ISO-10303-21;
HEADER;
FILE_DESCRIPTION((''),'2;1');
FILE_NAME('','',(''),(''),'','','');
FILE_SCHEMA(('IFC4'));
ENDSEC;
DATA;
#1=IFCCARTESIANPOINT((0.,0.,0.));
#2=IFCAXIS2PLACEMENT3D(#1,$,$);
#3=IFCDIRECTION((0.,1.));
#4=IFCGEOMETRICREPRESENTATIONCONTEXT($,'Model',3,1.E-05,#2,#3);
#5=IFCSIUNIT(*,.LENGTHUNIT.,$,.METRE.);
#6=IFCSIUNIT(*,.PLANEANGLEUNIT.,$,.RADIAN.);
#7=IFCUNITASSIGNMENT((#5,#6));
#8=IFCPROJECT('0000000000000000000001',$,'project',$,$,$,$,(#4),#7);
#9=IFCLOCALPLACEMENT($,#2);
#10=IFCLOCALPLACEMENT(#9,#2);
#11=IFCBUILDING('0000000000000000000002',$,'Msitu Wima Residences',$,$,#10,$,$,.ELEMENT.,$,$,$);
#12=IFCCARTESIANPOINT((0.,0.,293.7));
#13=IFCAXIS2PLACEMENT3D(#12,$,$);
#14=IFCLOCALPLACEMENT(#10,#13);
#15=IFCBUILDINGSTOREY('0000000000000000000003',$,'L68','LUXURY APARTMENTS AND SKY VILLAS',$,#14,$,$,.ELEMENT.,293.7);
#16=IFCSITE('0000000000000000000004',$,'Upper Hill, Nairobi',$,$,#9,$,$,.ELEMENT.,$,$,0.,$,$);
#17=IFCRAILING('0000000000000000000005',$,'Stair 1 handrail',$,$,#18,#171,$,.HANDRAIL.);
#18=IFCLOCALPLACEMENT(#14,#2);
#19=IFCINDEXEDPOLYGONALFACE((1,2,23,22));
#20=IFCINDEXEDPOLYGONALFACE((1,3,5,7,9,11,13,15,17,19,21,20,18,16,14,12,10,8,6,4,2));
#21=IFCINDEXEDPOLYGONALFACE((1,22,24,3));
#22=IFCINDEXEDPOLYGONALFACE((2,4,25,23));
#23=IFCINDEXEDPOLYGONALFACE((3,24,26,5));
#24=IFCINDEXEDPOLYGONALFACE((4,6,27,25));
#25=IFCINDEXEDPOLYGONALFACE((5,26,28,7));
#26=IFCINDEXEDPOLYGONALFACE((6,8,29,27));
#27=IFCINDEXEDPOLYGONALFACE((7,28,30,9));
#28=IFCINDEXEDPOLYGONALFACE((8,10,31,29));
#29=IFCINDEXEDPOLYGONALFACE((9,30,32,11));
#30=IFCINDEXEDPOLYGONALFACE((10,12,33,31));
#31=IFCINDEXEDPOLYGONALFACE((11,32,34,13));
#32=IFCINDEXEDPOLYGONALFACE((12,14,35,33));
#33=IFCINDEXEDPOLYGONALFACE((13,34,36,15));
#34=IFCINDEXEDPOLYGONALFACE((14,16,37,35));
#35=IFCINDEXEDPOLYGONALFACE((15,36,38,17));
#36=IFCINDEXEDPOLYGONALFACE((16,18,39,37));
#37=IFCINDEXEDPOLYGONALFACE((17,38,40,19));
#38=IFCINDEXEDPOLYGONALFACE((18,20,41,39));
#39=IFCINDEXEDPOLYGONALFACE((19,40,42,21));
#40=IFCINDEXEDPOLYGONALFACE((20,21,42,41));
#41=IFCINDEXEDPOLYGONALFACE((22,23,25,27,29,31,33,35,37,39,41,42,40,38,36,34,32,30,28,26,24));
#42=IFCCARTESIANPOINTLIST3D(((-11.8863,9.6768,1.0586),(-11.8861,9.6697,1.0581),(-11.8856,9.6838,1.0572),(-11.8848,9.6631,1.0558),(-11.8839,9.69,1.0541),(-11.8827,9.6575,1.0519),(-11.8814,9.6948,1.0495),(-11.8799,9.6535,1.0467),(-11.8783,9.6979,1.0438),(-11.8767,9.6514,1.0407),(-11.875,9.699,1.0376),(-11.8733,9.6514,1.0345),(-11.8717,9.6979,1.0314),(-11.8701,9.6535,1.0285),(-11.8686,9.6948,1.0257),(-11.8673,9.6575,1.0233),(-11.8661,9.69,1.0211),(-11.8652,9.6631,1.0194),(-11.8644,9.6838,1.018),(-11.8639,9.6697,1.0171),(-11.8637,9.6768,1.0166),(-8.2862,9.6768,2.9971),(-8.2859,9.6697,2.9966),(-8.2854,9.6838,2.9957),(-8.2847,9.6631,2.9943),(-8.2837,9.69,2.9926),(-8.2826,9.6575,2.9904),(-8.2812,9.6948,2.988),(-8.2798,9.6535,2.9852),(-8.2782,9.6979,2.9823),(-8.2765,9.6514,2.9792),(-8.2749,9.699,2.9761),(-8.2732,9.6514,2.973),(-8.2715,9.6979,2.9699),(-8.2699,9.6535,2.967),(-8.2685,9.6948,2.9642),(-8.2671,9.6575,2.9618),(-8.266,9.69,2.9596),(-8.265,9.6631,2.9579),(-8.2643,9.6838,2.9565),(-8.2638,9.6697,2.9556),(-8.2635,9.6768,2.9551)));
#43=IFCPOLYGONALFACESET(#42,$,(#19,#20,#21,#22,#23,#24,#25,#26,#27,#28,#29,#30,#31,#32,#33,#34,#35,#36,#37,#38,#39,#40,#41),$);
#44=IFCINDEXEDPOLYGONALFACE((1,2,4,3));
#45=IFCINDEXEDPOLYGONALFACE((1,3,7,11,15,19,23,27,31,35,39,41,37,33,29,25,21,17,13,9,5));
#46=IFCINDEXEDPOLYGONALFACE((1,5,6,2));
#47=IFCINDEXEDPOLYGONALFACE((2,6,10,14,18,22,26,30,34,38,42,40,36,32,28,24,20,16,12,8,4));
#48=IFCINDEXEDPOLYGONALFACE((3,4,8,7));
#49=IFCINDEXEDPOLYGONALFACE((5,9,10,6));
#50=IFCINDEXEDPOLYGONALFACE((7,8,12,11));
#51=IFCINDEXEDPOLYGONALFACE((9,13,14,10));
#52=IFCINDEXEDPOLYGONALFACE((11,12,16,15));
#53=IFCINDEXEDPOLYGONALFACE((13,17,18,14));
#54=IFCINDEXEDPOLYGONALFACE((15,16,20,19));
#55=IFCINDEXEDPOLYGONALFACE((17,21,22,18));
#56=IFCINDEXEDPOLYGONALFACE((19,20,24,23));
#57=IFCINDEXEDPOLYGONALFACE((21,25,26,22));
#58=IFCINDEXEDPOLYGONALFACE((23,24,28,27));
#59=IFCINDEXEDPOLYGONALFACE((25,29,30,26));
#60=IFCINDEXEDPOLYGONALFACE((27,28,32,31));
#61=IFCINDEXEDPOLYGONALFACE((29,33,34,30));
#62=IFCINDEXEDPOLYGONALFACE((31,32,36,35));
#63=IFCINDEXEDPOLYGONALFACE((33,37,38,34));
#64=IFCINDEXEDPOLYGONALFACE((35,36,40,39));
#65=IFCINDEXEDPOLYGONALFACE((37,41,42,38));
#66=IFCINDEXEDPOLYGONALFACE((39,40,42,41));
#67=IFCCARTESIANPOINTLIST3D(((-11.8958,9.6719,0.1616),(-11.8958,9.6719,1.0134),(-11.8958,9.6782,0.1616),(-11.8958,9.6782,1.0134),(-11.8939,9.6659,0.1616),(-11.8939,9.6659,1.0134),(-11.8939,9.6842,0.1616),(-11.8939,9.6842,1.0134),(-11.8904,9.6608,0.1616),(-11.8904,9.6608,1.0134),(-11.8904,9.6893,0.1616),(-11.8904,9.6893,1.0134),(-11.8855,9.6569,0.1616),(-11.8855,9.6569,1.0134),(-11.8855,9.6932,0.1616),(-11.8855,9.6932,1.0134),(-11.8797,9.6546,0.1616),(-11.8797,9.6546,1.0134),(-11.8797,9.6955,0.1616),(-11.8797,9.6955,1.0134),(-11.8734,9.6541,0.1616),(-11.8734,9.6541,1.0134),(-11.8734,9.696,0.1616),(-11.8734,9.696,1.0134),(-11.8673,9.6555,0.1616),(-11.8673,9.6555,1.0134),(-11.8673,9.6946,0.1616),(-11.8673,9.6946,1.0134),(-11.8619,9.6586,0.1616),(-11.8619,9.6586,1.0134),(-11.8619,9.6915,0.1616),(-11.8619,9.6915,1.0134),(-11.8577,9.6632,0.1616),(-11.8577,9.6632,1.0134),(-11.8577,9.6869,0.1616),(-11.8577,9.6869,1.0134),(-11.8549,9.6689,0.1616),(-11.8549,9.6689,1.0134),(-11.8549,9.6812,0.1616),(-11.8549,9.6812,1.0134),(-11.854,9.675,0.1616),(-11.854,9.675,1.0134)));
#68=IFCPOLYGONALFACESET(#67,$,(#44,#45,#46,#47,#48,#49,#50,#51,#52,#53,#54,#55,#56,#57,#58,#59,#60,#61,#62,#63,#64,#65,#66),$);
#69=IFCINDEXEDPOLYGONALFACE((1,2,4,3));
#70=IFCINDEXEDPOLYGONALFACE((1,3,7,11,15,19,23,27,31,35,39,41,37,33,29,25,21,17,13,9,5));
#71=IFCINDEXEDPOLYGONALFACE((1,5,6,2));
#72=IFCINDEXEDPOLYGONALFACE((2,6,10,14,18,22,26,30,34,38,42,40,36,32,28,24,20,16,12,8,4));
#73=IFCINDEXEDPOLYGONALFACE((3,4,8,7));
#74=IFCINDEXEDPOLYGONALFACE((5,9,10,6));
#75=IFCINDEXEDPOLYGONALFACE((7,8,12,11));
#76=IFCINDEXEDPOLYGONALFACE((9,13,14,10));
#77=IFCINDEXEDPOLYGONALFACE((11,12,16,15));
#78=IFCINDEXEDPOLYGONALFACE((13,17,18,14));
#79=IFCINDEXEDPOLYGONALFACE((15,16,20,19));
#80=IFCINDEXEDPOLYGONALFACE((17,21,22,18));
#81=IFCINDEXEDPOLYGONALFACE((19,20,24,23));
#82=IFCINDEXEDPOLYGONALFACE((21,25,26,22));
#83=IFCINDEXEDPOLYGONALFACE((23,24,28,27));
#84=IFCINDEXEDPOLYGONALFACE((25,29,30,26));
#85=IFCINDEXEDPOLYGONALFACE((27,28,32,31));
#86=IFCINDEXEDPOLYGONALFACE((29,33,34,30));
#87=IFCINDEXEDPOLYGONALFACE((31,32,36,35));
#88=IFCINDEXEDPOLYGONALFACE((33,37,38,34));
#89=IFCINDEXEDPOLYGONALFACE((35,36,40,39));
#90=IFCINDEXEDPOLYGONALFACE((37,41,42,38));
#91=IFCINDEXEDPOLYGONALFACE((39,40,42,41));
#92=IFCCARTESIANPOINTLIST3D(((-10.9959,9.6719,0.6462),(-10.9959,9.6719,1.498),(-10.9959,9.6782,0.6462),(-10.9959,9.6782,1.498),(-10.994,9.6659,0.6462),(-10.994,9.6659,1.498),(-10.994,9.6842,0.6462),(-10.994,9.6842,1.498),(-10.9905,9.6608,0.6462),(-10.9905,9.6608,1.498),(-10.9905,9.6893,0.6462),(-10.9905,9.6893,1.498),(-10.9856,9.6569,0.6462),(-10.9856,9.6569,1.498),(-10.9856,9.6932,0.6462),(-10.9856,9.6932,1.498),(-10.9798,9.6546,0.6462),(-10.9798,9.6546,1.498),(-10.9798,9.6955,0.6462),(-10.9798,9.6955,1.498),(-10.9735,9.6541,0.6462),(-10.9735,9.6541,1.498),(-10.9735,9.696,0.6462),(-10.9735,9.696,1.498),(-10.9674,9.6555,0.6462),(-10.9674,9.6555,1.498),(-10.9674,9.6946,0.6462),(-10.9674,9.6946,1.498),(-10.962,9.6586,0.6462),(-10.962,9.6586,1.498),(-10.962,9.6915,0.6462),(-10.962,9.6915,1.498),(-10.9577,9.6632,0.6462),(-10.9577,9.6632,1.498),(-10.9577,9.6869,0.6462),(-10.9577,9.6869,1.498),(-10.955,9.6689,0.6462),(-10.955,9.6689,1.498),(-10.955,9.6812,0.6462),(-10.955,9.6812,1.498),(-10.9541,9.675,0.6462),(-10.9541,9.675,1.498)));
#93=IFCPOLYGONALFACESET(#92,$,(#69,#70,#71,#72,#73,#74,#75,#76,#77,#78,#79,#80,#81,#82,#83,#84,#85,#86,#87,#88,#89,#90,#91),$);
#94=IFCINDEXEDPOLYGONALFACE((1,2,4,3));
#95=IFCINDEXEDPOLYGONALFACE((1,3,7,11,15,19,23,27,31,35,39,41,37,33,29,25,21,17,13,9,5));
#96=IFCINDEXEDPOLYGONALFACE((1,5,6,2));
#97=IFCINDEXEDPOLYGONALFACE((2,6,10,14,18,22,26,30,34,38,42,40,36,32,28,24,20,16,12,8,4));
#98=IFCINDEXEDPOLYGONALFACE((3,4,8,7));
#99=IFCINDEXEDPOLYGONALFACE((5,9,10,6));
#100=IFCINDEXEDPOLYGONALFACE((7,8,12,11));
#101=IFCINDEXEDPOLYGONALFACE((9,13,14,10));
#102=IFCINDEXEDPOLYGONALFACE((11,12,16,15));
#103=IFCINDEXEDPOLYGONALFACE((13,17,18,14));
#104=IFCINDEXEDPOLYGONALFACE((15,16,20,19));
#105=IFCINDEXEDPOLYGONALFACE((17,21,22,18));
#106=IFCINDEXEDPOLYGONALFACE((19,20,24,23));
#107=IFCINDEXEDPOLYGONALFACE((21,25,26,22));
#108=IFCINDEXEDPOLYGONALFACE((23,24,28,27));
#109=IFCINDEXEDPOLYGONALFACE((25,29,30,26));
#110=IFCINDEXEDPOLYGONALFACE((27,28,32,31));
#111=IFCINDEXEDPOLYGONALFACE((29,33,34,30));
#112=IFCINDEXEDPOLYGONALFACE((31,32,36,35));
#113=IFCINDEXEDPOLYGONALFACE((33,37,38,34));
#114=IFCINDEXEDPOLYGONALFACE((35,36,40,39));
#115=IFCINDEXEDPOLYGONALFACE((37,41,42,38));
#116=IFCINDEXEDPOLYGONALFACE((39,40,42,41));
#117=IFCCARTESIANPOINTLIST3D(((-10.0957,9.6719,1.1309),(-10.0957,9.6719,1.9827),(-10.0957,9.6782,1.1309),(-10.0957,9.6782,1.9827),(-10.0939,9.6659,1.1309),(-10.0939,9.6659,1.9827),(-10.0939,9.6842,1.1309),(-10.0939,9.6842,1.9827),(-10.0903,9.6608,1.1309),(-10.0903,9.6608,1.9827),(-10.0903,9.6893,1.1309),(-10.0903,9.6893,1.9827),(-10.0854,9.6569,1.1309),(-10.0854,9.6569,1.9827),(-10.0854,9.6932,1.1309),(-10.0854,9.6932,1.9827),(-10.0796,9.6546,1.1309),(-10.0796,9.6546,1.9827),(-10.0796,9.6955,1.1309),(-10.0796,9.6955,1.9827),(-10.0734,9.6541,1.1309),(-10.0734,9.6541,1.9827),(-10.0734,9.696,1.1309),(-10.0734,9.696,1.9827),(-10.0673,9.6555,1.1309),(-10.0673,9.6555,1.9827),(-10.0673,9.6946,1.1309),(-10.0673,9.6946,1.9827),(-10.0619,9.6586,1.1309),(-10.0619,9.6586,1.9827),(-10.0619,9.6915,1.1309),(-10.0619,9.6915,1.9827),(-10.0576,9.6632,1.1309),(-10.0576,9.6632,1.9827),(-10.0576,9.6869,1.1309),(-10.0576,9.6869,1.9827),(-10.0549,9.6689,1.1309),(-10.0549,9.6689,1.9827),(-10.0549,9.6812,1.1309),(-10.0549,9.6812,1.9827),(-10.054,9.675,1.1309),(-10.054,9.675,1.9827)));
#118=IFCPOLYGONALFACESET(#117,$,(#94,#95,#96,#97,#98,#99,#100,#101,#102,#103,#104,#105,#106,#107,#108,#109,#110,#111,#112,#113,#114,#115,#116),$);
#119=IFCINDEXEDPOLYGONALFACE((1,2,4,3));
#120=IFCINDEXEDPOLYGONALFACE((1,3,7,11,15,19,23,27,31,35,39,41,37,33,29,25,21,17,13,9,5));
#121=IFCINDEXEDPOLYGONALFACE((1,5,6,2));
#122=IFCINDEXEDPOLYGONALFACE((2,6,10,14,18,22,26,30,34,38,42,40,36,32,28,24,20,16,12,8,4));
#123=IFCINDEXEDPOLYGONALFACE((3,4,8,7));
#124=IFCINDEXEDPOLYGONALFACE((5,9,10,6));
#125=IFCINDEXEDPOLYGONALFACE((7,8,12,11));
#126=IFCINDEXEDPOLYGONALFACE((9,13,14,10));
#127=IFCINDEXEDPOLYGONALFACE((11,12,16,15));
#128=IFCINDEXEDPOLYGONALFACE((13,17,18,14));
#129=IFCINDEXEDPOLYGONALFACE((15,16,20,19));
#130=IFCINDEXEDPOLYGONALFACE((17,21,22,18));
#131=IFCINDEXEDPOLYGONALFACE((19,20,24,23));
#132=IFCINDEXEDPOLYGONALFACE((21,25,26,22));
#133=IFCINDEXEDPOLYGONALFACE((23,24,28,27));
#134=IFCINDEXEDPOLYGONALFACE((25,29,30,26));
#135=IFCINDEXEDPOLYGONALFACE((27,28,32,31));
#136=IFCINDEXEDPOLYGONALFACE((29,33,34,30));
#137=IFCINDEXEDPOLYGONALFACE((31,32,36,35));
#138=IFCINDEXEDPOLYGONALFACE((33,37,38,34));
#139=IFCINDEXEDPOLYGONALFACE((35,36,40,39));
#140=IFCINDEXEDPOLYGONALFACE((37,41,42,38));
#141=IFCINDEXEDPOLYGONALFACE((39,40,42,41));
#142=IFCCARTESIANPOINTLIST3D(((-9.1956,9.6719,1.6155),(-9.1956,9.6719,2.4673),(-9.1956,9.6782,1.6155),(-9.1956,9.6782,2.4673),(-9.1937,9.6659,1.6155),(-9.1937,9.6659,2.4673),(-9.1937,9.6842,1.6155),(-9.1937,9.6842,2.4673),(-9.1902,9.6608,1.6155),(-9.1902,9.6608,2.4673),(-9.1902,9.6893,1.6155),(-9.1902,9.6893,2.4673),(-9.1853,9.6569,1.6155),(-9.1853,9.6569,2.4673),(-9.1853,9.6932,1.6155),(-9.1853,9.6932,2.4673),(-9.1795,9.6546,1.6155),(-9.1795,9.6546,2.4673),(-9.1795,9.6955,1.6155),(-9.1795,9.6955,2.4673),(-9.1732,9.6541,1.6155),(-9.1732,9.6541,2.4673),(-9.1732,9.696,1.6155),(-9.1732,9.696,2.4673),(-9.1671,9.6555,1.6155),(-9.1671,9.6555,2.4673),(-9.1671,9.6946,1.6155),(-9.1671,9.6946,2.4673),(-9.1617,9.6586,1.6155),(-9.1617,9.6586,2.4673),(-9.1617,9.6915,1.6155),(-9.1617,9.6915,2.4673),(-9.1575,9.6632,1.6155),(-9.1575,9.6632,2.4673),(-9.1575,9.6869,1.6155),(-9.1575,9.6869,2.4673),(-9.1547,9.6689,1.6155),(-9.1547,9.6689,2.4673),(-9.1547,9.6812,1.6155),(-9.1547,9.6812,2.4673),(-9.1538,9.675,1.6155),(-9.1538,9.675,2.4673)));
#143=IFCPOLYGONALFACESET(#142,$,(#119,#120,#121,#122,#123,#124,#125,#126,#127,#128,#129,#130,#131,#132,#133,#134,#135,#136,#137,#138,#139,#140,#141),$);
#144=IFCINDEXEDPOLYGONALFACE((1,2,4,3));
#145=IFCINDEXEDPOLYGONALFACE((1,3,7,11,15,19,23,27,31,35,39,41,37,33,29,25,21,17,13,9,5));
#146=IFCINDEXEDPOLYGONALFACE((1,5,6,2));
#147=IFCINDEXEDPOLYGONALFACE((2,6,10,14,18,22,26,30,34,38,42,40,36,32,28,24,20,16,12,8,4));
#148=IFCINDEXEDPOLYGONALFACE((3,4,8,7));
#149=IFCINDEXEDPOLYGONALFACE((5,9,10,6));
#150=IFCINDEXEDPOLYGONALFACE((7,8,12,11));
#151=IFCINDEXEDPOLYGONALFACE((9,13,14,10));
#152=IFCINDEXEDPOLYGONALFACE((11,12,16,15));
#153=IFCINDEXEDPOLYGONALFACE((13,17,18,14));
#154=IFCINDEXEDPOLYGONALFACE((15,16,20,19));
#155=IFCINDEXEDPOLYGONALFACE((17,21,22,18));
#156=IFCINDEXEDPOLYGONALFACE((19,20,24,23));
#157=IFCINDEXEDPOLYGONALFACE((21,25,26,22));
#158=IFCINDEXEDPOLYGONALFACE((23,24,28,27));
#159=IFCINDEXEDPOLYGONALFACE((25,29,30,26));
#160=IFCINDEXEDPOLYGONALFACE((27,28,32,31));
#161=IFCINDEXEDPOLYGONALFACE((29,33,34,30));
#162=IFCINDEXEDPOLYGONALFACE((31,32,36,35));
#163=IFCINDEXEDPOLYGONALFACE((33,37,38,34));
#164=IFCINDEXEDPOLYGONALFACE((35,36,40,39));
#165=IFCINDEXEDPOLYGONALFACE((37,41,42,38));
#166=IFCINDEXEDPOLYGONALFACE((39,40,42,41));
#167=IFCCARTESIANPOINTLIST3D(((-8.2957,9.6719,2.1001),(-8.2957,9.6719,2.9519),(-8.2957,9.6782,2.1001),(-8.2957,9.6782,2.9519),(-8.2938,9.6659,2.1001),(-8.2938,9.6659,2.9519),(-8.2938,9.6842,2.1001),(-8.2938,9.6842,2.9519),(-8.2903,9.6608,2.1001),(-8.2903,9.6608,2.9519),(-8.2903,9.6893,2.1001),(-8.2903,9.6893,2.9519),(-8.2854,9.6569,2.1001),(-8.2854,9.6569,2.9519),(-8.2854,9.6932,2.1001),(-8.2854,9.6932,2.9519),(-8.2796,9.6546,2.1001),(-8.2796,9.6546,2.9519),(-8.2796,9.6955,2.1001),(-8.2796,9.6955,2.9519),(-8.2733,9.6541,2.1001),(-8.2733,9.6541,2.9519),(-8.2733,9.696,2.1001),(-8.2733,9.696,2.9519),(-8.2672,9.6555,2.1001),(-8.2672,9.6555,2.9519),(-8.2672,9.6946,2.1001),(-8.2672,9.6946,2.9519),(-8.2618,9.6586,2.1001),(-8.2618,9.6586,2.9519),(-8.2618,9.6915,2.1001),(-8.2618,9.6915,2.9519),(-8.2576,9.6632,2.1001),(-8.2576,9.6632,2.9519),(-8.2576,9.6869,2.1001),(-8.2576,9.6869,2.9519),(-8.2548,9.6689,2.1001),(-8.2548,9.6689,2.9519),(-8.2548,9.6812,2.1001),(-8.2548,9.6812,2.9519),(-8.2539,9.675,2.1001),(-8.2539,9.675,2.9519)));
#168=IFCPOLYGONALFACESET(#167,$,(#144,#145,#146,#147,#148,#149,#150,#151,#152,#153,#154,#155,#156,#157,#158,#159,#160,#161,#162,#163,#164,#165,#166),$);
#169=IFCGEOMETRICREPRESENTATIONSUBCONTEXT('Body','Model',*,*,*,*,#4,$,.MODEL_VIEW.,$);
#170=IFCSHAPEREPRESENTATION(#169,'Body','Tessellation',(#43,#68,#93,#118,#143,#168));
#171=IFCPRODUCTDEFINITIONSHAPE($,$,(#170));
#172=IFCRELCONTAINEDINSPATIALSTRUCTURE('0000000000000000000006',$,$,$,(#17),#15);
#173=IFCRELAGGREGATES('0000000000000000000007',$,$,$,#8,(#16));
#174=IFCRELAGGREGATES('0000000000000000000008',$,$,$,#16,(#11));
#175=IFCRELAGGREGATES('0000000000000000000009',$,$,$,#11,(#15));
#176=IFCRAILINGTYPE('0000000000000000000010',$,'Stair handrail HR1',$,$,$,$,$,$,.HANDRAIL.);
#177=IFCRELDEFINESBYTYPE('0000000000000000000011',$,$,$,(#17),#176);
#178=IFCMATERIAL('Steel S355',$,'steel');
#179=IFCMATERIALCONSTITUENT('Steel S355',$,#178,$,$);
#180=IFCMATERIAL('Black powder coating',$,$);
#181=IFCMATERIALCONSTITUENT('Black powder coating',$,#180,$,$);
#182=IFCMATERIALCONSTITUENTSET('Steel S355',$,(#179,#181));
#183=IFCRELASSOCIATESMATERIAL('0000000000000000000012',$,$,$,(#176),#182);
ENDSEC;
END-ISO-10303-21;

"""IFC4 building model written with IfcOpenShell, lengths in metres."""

from ifc_helpers import new_model, si_unit, direction, frame, origin, origin_2d, place, context, subcontext, project, spatial, circle, extrude, material, constituent, constituent_set, type_object, element, save


model = new_model("IFC4")

# Units and contexts
model_context = context("Model", 3, precision=1e-05, world=origin(), true_north=direction((0.0, 1.0)))
body_context = subcontext(model_context, "Body", "Model", "MODEL_VIEW")
ifc_project = project(units=[si_unit("LENGTHUNIT", "METRE"), si_unit("PLANEANGLEUNIT", "RADIAN")], contexts=[model_context])

# Site, building, storey
site_placement = place(None, origin())
site = spatial("IfcSite", under=ifc_project, at=site_placement, Name="Upper Hill, Nairobi", CompositionType="ELEMENT", RefElevation=0.0)
building_placement = place(site_placement, origin())
building = spatial("IfcBuilding", under=site, at=building_placement, Name="Msitu Wima Residences", CompositionType="ELEMENT")
storey_placement = place(building_placement, frame((0.0, 0.0, 293.7)))
storey = spatial("IfcBuildingStorey", under=building, at=storey_placement, Name="L68", Description="LUXURY APARTMENTS AND SKY VILLAS", CompositionType="ELEMENT", Elevation=293.7)

# Railing
ifc_material_1 = material(Name="Steel S355", Category="steel")
ifc_constituent_1 = constituent(ifc_material_1, Name="Steel S355")
ifc_material_2 = material(Name="Black powder coating")
ifc_constituent_2 = constituent(ifc_material_2, Name="Black powder coating")
ifc_constituent_set = constituent_set(constituents=[ifc_constituent_1, ifc_constituent_2], Name="Steel S355")
railing_type = type_object("IfcRailingType", Name="Stair handrail HR1", PredefinedType="HANDRAIL", material=ifc_constituent_set)
for number, where, name in (
    (1, (-11.875, 9.675, 0.1616), "Stair 1 handrail"),
):
    element("IfcRailing", number, at=place(storey_placement, frame(where)), inside=storey, type_object=railing_type, Name=name, PredefinedType="HANDRAIL", context=body_context, shape_type="SweptSolid", body=[
        extrude(circle(Radius=0.0239, at=origin_2d()), frame((0.0, 0.0, 0.876), z_axis=(0.880475, 0.0, 0.474093), x_axis=(0.0, 1.0, 0.0)), (0.0, 0.0, 1.0), 4.0889),
        extrude(circle(Radius=0.021, at=origin_2d()), origin(), (0.0, 0.0, 1.0), 0.8518),
        extrude(circle(Radius=0.021, at=origin_2d()), frame((0.8999, 0.0, 0.4846)), (0.0, 0.0, 1.0), 0.8518),
        extrude(circle(Radius=0.021, at=origin_2d()), frame((1.8, 0.0, 0.9692)), (0.0, 0.0, 1.0), 0.8518),
        extrude(circle(Radius=0.021, at=origin_2d()), frame((2.7002, 0.0, 1.4539)), (0.0, 0.0, 1.0), 0.8518),
        extrude(circle(Radius=0.021, at=origin_2d()), frame((3.6001, 0.0, 1.9385)), (0.0, 0.0, 1.0), 0.8518),
    ])

save(model, "model.ifc")
